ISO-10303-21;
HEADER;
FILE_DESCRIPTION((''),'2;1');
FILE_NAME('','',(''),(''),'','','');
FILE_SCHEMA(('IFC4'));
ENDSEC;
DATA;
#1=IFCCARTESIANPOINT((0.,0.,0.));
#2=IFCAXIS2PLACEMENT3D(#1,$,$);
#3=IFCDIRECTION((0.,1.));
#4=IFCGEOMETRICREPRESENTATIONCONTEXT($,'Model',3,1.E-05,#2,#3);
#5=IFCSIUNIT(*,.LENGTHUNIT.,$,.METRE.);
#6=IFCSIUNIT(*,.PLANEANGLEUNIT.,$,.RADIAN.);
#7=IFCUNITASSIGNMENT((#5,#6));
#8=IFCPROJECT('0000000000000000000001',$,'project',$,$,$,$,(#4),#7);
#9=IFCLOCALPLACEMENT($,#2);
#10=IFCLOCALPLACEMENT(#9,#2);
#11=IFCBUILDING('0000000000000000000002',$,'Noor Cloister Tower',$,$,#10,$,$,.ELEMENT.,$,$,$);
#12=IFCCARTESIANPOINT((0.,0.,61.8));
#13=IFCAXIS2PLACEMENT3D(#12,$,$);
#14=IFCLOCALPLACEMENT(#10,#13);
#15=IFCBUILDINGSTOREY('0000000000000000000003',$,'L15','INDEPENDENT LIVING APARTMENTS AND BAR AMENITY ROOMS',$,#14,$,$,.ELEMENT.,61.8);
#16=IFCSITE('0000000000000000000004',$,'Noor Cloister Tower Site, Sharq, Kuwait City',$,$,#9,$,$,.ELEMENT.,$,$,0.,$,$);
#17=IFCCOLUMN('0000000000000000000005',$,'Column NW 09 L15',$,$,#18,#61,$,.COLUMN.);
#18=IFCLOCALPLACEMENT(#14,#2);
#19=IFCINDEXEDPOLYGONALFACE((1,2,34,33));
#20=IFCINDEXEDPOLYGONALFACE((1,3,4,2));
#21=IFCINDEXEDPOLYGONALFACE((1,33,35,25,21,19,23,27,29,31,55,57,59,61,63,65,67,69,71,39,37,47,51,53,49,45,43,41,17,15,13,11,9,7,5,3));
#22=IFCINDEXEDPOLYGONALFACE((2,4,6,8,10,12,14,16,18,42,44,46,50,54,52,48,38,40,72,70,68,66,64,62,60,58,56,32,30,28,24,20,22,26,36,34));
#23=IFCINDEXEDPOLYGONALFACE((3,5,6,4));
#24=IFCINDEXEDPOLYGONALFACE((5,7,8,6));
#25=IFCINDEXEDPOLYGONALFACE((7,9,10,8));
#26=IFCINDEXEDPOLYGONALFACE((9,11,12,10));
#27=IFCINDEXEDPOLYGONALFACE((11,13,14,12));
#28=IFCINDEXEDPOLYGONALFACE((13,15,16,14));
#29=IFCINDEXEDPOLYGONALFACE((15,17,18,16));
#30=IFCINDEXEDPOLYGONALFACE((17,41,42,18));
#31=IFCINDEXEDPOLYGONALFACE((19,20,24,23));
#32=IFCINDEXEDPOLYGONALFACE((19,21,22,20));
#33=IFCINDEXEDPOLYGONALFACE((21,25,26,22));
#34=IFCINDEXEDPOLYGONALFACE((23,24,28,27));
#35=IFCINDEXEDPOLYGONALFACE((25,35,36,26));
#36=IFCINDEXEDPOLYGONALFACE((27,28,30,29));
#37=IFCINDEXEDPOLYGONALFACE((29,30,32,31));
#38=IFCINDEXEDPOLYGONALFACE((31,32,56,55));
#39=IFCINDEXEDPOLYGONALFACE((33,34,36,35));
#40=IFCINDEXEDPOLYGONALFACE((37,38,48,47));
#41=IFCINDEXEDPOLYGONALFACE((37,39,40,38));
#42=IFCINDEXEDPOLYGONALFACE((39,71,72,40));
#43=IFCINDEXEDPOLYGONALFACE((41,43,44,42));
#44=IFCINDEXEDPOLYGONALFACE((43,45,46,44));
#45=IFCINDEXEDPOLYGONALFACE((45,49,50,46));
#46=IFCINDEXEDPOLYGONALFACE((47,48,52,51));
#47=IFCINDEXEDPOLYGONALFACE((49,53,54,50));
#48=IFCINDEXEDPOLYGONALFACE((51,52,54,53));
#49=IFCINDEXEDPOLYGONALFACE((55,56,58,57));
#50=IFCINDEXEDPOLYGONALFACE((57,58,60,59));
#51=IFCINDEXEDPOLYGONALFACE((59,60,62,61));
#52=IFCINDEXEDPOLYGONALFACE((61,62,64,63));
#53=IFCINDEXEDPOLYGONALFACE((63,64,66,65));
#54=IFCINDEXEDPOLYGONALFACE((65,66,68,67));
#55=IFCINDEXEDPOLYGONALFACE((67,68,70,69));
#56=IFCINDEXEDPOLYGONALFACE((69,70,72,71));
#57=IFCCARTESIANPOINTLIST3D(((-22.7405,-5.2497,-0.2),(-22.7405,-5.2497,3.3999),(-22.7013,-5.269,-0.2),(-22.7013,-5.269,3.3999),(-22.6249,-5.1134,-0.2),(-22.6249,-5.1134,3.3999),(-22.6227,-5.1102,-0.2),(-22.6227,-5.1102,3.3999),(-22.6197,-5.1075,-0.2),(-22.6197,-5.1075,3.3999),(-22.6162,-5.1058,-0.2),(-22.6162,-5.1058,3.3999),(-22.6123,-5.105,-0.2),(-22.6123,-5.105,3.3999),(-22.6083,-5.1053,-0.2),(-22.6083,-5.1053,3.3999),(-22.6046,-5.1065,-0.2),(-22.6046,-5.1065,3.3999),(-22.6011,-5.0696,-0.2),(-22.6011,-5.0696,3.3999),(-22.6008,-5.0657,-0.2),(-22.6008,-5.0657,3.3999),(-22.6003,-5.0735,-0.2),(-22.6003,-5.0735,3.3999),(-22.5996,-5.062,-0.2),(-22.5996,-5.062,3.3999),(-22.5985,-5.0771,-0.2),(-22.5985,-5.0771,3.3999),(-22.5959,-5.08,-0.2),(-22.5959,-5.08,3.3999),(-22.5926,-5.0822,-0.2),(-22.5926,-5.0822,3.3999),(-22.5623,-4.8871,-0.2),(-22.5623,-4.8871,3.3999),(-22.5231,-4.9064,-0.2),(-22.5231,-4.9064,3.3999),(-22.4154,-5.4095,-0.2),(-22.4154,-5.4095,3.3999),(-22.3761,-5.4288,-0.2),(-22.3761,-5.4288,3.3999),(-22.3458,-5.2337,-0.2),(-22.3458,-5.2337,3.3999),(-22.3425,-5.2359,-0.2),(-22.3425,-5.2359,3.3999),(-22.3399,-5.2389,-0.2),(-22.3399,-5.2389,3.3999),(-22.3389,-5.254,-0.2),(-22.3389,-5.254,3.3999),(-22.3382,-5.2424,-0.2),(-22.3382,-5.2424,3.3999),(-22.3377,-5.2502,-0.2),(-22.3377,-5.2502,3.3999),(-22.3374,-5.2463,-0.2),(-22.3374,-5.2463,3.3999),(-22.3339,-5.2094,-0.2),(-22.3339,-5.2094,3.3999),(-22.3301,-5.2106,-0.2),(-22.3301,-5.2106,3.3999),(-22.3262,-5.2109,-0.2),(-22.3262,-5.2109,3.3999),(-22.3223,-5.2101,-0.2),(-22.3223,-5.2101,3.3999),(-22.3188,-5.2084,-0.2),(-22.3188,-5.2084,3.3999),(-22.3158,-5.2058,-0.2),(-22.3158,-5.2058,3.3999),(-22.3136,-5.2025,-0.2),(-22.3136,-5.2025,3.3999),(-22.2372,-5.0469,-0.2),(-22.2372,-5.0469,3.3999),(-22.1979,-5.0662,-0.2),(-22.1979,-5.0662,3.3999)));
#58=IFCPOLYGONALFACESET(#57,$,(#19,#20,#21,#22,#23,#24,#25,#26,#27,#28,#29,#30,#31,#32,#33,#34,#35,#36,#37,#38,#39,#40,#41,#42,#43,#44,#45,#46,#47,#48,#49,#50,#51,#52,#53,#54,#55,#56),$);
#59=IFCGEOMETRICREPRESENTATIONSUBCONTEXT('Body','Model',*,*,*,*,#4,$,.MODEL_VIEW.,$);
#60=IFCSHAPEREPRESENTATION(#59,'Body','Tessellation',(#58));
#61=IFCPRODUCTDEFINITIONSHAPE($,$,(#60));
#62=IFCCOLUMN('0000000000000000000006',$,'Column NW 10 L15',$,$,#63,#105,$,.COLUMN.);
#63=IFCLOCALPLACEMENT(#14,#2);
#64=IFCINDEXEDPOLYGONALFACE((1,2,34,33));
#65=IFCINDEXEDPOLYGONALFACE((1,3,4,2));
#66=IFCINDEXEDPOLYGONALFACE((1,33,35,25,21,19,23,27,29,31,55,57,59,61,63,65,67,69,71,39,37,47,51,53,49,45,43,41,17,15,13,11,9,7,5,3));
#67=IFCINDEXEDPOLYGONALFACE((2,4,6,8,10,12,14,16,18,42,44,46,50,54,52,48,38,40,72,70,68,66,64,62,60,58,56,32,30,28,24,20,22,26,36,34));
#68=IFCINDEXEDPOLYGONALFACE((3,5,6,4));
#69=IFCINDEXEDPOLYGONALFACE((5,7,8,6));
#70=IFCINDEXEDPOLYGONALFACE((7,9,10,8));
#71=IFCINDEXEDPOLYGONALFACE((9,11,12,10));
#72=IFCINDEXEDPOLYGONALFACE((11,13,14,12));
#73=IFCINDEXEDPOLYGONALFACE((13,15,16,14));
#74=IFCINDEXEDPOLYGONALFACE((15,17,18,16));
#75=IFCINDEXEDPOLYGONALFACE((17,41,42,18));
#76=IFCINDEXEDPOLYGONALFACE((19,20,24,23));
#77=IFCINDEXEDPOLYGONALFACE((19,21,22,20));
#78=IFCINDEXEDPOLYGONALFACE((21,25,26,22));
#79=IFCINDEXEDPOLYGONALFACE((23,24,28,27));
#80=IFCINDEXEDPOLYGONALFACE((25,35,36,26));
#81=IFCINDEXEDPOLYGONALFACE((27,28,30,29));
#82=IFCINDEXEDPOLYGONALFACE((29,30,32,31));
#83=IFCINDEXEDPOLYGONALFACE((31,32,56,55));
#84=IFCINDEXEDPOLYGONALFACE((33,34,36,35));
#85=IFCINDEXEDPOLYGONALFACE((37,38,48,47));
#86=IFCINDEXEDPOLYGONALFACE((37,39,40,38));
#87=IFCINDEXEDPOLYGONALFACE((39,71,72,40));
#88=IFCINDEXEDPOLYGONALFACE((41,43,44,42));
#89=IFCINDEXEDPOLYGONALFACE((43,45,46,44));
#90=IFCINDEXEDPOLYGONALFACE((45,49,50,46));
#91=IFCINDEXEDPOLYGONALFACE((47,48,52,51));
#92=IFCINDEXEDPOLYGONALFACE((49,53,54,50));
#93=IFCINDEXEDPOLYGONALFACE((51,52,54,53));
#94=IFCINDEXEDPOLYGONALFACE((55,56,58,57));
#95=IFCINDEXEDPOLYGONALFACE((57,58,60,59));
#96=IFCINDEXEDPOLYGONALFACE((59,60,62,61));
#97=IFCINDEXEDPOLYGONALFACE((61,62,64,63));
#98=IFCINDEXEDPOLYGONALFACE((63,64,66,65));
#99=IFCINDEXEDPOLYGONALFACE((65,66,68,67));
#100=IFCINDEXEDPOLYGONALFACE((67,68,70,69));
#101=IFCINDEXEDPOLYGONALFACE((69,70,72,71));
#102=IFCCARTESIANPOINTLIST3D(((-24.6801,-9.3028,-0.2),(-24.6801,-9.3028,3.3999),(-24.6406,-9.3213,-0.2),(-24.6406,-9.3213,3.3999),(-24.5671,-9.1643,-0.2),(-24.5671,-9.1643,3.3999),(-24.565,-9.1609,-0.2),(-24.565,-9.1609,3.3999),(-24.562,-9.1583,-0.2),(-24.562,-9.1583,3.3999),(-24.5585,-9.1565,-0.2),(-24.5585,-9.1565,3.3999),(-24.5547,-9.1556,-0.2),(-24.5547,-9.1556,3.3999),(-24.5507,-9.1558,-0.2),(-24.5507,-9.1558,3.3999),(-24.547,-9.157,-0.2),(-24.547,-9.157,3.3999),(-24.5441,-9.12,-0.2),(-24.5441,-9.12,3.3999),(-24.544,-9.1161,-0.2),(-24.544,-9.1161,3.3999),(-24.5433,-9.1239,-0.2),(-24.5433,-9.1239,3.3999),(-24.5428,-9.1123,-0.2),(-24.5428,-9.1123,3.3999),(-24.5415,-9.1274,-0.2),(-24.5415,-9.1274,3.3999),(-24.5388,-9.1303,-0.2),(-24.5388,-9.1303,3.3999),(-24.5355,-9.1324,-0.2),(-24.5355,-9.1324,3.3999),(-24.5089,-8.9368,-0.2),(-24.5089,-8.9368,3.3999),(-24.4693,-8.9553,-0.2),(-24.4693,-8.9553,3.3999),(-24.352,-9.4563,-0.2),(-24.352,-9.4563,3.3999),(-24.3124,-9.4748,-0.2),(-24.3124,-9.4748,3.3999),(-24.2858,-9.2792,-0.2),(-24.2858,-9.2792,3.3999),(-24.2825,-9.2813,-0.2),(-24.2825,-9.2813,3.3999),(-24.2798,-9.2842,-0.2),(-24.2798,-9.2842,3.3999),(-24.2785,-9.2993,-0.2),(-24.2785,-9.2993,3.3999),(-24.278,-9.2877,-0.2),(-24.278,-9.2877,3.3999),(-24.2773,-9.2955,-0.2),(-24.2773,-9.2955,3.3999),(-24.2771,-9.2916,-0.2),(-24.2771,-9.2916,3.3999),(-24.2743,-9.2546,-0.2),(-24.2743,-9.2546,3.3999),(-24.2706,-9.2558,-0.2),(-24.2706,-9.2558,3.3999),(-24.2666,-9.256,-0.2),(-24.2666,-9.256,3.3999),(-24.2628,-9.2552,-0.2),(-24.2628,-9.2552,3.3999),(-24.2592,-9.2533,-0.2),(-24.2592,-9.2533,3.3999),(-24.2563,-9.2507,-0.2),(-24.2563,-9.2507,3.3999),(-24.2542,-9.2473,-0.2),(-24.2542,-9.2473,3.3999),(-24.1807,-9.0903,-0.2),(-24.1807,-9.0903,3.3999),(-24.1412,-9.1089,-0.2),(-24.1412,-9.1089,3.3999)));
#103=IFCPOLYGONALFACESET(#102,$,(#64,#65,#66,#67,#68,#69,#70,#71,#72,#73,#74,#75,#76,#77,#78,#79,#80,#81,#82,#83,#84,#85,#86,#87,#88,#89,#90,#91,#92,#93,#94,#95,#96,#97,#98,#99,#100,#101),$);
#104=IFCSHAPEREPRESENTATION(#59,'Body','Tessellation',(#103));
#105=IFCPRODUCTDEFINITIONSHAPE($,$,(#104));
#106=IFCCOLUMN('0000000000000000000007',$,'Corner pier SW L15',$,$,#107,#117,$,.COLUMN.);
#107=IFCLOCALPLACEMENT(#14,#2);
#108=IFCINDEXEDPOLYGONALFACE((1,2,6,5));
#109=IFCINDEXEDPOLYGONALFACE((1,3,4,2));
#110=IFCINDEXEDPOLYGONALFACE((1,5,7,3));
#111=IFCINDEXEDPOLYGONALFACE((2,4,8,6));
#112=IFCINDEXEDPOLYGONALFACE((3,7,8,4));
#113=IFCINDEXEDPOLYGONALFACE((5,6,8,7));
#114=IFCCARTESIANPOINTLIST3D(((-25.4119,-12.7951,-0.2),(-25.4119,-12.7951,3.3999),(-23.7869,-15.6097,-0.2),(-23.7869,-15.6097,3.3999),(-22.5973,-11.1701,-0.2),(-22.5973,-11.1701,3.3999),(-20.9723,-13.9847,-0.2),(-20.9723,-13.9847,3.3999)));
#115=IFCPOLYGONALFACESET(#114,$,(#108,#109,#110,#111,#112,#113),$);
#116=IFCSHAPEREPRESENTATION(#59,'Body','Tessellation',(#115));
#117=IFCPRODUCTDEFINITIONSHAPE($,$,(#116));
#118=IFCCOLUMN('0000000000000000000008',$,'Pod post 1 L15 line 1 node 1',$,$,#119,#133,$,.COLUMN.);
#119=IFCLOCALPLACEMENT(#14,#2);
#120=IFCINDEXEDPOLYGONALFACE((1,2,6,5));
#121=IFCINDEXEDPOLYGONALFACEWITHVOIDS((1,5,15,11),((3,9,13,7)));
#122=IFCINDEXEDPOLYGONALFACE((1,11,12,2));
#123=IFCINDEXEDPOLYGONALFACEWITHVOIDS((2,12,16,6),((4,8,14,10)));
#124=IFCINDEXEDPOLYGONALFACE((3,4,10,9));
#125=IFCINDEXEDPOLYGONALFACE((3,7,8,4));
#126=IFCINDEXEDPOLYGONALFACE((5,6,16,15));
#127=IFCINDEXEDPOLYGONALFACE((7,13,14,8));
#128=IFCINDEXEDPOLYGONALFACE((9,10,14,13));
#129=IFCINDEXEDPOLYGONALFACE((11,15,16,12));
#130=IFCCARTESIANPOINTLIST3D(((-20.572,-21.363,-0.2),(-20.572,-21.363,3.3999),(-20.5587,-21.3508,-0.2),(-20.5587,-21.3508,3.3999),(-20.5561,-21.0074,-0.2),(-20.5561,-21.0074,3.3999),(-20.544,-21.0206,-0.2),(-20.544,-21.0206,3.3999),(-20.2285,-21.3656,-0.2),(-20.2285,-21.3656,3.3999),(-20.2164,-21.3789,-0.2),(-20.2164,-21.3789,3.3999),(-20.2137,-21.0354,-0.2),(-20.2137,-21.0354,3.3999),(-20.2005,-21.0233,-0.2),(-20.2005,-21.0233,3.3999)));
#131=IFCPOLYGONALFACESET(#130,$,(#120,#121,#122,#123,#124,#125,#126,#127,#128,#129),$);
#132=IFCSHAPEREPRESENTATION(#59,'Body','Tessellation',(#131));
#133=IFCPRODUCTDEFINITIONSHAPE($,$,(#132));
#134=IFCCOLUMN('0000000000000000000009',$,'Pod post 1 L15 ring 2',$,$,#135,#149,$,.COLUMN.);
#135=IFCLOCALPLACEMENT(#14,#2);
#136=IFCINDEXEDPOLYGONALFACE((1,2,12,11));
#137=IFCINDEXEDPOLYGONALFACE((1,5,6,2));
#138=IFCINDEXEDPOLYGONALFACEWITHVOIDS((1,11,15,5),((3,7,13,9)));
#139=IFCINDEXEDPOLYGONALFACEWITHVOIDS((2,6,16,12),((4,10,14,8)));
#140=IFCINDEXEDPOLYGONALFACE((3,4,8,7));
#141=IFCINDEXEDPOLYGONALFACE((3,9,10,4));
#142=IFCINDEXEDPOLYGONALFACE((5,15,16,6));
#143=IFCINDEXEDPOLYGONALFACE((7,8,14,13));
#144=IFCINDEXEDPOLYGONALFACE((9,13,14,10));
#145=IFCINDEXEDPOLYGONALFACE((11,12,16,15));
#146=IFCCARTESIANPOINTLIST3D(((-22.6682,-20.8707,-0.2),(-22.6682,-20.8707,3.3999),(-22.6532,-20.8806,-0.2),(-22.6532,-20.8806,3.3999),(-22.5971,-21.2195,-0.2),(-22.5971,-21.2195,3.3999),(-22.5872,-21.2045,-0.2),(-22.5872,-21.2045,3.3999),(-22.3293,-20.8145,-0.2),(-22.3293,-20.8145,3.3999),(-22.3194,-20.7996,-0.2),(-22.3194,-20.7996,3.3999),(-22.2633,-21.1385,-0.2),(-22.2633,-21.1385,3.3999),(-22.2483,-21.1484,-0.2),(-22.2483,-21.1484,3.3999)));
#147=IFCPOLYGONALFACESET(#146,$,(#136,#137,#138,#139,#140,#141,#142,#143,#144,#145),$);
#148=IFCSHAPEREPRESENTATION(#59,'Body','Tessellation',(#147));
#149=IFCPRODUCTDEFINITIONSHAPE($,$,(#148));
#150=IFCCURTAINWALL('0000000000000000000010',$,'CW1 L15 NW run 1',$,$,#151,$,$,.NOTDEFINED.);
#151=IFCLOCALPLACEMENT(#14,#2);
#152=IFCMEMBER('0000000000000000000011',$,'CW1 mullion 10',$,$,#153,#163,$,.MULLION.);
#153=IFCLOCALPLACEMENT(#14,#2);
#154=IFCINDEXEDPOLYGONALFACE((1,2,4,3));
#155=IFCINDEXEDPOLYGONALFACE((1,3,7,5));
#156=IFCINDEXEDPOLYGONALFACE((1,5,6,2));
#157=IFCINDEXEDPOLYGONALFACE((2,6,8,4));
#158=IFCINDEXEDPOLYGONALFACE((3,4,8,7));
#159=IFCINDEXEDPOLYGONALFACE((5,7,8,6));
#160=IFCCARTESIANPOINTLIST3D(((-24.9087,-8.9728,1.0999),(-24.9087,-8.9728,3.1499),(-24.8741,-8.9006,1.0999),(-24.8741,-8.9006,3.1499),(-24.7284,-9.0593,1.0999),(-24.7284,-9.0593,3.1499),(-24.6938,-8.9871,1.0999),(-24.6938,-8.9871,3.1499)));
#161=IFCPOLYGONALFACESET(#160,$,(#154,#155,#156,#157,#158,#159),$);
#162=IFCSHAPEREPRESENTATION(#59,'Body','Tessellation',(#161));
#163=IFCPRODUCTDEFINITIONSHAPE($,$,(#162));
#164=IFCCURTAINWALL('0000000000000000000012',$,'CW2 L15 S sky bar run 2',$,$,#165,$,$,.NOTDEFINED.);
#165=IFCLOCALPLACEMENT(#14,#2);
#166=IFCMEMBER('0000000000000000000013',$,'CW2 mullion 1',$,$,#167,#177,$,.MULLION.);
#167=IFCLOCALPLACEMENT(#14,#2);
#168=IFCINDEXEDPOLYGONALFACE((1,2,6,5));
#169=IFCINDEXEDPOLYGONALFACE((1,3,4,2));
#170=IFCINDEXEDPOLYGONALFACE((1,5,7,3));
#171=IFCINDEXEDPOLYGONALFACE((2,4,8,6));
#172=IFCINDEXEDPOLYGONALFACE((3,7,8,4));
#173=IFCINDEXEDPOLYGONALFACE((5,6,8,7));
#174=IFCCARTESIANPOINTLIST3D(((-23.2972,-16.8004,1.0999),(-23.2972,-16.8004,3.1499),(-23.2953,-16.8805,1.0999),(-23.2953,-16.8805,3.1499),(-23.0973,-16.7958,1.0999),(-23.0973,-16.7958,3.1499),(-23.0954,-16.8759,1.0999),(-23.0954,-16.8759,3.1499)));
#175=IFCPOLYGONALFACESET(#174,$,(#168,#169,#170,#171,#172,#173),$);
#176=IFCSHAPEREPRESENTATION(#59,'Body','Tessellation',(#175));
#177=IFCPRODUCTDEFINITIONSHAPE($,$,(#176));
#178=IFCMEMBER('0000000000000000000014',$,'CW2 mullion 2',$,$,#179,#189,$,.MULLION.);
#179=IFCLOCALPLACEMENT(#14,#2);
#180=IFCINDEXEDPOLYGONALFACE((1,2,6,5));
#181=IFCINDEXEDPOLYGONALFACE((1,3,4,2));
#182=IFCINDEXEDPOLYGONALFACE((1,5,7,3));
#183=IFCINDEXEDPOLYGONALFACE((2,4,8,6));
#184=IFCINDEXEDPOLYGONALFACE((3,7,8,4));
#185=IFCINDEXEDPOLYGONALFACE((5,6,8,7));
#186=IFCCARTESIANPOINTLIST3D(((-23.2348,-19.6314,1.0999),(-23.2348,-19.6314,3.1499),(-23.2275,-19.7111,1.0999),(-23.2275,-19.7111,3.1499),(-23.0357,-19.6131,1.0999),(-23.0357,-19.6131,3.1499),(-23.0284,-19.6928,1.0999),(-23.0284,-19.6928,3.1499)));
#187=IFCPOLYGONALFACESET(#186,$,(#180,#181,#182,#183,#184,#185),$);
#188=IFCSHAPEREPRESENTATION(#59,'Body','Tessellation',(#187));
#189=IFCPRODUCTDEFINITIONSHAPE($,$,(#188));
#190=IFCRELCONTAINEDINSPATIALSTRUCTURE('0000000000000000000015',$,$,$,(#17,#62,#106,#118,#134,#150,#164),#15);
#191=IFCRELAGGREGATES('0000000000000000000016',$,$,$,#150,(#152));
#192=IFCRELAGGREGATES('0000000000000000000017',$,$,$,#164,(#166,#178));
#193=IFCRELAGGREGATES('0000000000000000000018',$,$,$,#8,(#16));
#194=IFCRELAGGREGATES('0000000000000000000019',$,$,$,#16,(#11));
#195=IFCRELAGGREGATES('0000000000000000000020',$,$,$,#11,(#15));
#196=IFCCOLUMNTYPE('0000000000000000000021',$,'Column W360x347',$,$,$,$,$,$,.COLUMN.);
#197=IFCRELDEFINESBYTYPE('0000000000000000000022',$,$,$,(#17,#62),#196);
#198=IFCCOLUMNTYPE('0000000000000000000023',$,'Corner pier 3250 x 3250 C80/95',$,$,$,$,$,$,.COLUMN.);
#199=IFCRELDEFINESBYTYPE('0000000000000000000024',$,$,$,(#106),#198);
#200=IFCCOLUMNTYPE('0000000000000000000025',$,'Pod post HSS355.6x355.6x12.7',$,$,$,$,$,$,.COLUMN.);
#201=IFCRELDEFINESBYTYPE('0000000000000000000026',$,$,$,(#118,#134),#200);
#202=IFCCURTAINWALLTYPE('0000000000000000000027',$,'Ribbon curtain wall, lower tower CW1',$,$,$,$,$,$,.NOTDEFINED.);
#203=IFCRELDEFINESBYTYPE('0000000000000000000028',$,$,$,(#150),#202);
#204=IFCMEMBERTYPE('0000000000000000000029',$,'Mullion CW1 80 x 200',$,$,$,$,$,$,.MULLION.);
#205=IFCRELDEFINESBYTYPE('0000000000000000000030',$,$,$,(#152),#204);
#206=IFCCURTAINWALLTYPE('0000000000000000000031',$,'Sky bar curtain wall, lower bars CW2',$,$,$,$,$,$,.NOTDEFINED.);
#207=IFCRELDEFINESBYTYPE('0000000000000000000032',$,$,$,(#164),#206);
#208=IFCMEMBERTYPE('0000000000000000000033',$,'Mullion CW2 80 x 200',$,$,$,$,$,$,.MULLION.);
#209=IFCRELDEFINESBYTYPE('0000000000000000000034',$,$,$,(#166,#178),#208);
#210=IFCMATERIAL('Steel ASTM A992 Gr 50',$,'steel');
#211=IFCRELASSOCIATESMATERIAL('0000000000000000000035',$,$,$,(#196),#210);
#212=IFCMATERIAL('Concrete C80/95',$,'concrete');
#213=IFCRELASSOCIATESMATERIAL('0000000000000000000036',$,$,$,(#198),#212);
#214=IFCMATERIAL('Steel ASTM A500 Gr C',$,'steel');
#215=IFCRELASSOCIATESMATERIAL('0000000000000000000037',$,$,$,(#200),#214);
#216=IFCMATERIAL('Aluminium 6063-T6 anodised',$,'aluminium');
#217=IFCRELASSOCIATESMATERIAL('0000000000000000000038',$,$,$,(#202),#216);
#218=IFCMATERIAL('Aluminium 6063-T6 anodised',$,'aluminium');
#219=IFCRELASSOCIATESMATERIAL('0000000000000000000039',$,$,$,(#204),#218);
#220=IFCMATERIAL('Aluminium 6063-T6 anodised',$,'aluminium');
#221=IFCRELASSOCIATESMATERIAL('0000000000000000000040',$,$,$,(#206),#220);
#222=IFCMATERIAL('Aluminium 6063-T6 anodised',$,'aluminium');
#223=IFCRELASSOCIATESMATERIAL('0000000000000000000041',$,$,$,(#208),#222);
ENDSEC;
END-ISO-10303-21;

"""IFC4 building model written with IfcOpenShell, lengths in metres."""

from ifc_helpers import new_model, si_unit, direction, frame, origin, origin_2d, place, context, subcontext, project, spatial, rectangle, hollow_rectangle, i_section, extrude, material, material_profile, profile_set, type_object, element, aggregate, save


model = new_model("IFC4")

# Units and contexts
model_context = context("Model", 3, precision=1e-05, world=origin(), true_north=direction((0.0, 1.0)))
body_context = subcontext(model_context, "Body", "Model", "MODEL_VIEW")
ifc_project = project(units=[si_unit("LENGTHUNIT", "METRE"), si_unit("PLANEANGLEUNIT", "RADIAN")], contexts=[model_context])

# Site, building, storey
site_placement = place(None, origin())
site = spatial("IfcSite", under=ifc_project, at=site_placement, Name="Noor Cloister Tower Site, Sharq, Kuwait City", CompositionType="ELEMENT", RefElevation=0.0)
building_placement = place(site_placement, origin())
building = spatial("IfcBuilding", under=site, at=building_placement, Name="Noor Cloister Tower", CompositionType="ELEMENT")
storey_placement = place(building_placement, frame((0.0, 0.0, 61.8)))
storey = spatial("IfcBuildingStorey", under=building, at=storey_placement, Name="L15", Description="INDEPENDENT LIVING APARTMENTS AND BAR AMENITY ROOMS", CompositionType="ELEMENT", Elevation=61.8)

# Columns
ifc_material_1 = material(Name="Steel ASTM A992 Gr 50", Category="steel")
ifc_material_profile_1 = material_profile(ifc_material_1, i_section(OverallWidth=0.4041, OverallDepth=0.406, WebThickness=0.0271, FlangeThickness=0.0437, FilletRadius=0.0151, at=origin_2d()), Name="W360x347")
ifc_profile_set_1 = profile_set([ifc_material_profile_1], Name="Steel ASTM A992 Gr 50")
column_type_1 = type_object("IfcColumnType", Name="Column W360x347", PredefinedType="COLUMN", material=ifc_profile_set_1)
for number, where, z_axis, x_axis, name in (
    (1, (-22.4692, -5.158, -0.2), (0.0, 0.0, 1.0), (-0.441044, -0.897485, 0.0), "Column NW 09 L15"),
    (2, (-24.4106, -9.2058, -0.2), (0.0, 0.0, 1.0), (-0.423826, -0.905744, 0.0), "Column NW 10 L15"),
):
    element("IfcColumn", number, at=place(storey_placement, frame(where, z_axis=z_axis, x_axis=x_axis)), inside=storey, type_object=column_type_1, Name=name, PredefinedType="COLUMN", context=body_context, shape_type="SweptSolid", body=[
        extrude(i_section(OverallWidth=0.4041, OverallDepth=0.406, WebThickness=0.0271, FlangeThickness=0.0437, FilletRadius=0.0151, at=origin_2d()), origin(), (0.0, 0.0, 1.0), 3.5999),
    ])
ifc_material_2 = material(Name="Concrete C80/95", Category="concrete")
ifc_material_profile_2 = material_profile(ifc_material_2, rectangle(XDim=3.25, YDim=3.25, at=origin_2d()), Name="RC 3250x3250")
ifc_profile_set_2 = profile_set([ifc_material_profile_2], Name="Concrete C80/95")
column_type_2 = type_object("IfcColumnType", Name="Corner pier 3250 x 3250 C80/95", PredefinedType="COLUMN", material=ifc_profile_set_2)
column_placement = place(storey_placement, frame((-23.1921, -13.3899, -0.2), z_axis=(0.0, 0.0, 1.0), x_axis=(-0.866025, -0.5, 0.0)))
element("IfcColumn", 3, at=column_placement, inside=storey, type_object=column_type_2, Name="Corner pier SW L15", PredefinedType="COLUMN", context=body_context, shape_type="SweptSolid", body=[
    extrude(rectangle(XDim=3.25, YDim=3.25, at=origin_2d()), origin(), (0.0, 0.0, 1.0), 3.5999),
])
ifc_material_3 = material(Name="Steel ASTM A500 Gr C", Category="steel")
ifc_material_profile_3 = material_profile(ifc_material_3, hollow_rectangle(XDim=0.356, YDim=0.356, WallThickness=0.0127, at=origin_2d()), Name="HSS355.6x355.6x12.7")
ifc_profile_set_3 = profile_set([ifc_material_profile_3], Name="Steel ASTM A500 Gr C")
column_type_3 = type_object("IfcColumnType", Name="Pod post HSS355.6x355.6x12.7", PredefinedType="COLUMN", material=ifc_profile_set_3)
for number, where, z_axis, x_axis, name in (
    (4, (-20.3862, -21.1931, -0.2), (0.0, 0.0, 1.0), (-0.044724, -0.998999, 0.0), "Pod post 1 L15 line 1 node 1"),
    (5, (-22.4583, -21.0095, -0.2), (0.0, 0.0, 1.0), (0.199785, -0.97984, 0.0), "Pod post 1 L15 ring 2"),
):
    element("IfcColumn", number, at=place(storey_placement, frame(where, z_axis=z_axis, x_axis=x_axis)), inside=storey, type_object=column_type_3, Name=name, PredefinedType="COLUMN", context=body_context, shape_type="SweptSolid", body=[
        extrude(hollow_rectangle(XDim=0.356, YDim=0.356, WallThickness=0.0127, at=origin_2d()), origin(), (0.0, 0.0, 1.0), 3.5999),
    ])

# Curtain wall, member
ifc_material_4 = material(Name="Aluminium 6063-T6 anodised", Category="aluminium")
curtain_wall_type_1 = type_object("IfcCurtainWallType", Name="Ribbon curtain wall, lower tower CW1", PredefinedType="NOTDEFINED", material=ifc_material_4)
curtain_wall_1_placement = place(storey_placement, origin())
curtain_wall_1 = element("IfcCurtainWall", 6, at=curtain_wall_1_placement, inside=storey, type_object=curtain_wall_type_1, Name="CW1 L15 NW run 1", PredefinedType="NOTDEFINED")
ifc_material_5 = material(Name="Aluminium 6063-T6 anodised", Category="aluminium")
ifc_material_profile_4 = material_profile(ifc_material_5, rectangle(XDim=0.2, YDim=0.0801, at=origin_2d()), Name="200 x 80 mullion")
ifc_profile_set_4 = profile_set([ifc_material_profile_4], Name="Aluminium 6063-T6 anodised")
member_type_1 = type_object("IfcMemberType", Name="Mullion CW1 80 x 200", PredefinedType="MULLION", material=ifc_profile_set_4)
member_1_placement = place(storey_placement, frame((-24.8013, -8.98, 1.0999), z_axis=(0.0, 0.0, 1.0), x_axis=(0.901656, -0.432455, 0.0)))
member_1 = element("IfcMember", 7, at=member_1_placement, type_object=member_type_1, Name="CW1 mullion 10", PredefinedType="MULLION", context=body_context, shape_type="SweptSolid", body=[
    extrude(rectangle(XDim=0.2, YDim=0.0801, at=origin_2d()), origin(), (0.0, 0.0, 1.0), 2.05),
])

# Curtain wall, members
ifc_material_6 = material(Name="Aluminium 6063-T6 anodised", Category="aluminium")
curtain_wall_type_2 = type_object("IfcCurtainWallType", Name="Sky bar curtain wall, lower bars CW2", PredefinedType="NOTDEFINED", material=ifc_material_6)
curtain_wall_2_placement = place(storey_placement, origin())
curtain_wall_2 = element("IfcCurtainWall", 8, at=curtain_wall_2_placement, inside=storey, type_object=curtain_wall_type_2, Name="CW2 L15 S sky bar run 2", PredefinedType="NOTDEFINED")
ifc_material_7 = material(Name="Aluminium 6063-T6 anodised", Category="aluminium")
ifc_material_profile_5 = material_profile(ifc_material_7, rectangle(XDim=0.2, YDim=0.0801, at=origin_2d()), Name="200 x 80 mullion")
ifc_profile_set_5 = profile_set([ifc_material_profile_5], Name="Aluminium 6063-T6 anodised")
member_type_2 = type_object("IfcMemberType", Name="Mullion CW2 80 x 200", PredefinedType="MULLION", material=ifc_profile_set_5)
member_2_placement = place(storey_placement, frame((-23.1963, -16.8381, 1.0999), z_axis=(0.0, 0.0, 1.0), x_axis=(0.999737, 0.022953, 0.0)))
member_2 = element("IfcMember", 9, at=member_2_placement, type_object=member_type_2, Name="CW2 mullion 1", PredefinedType="MULLION", context=body_context, shape_type="SweptSolid", body=[
    extrude(rectangle(XDim=0.2, YDim=0.0801, at=origin_2d()), origin(), (0.0, 0.0, 1.0), 2.05),
])
member_3_placement = place(storey_placement, frame((-23.1316, -19.6621, 1.0999), z_axis=(0.0, 0.0, 1.0), x_axis=(0.995819, 0.091347, 0.0)))
member_3 = element("IfcMember", 10, at=member_3_placement, type_object=member_type_2, Name="CW2 mullion 2", PredefinedType="MULLION", context=body_context, shape_type="SweptSolid", body=[
    extrude(rectangle(XDim=0.2, YDim=0.0801, at=origin_2d()), origin(), (0.0, 0.0, 1.0), 2.05),
])

aggregate(curtain_wall_1, [member_1])
aggregate(curtain_wall_2, [member_2, member_3])

save(model, "model.ifc")
